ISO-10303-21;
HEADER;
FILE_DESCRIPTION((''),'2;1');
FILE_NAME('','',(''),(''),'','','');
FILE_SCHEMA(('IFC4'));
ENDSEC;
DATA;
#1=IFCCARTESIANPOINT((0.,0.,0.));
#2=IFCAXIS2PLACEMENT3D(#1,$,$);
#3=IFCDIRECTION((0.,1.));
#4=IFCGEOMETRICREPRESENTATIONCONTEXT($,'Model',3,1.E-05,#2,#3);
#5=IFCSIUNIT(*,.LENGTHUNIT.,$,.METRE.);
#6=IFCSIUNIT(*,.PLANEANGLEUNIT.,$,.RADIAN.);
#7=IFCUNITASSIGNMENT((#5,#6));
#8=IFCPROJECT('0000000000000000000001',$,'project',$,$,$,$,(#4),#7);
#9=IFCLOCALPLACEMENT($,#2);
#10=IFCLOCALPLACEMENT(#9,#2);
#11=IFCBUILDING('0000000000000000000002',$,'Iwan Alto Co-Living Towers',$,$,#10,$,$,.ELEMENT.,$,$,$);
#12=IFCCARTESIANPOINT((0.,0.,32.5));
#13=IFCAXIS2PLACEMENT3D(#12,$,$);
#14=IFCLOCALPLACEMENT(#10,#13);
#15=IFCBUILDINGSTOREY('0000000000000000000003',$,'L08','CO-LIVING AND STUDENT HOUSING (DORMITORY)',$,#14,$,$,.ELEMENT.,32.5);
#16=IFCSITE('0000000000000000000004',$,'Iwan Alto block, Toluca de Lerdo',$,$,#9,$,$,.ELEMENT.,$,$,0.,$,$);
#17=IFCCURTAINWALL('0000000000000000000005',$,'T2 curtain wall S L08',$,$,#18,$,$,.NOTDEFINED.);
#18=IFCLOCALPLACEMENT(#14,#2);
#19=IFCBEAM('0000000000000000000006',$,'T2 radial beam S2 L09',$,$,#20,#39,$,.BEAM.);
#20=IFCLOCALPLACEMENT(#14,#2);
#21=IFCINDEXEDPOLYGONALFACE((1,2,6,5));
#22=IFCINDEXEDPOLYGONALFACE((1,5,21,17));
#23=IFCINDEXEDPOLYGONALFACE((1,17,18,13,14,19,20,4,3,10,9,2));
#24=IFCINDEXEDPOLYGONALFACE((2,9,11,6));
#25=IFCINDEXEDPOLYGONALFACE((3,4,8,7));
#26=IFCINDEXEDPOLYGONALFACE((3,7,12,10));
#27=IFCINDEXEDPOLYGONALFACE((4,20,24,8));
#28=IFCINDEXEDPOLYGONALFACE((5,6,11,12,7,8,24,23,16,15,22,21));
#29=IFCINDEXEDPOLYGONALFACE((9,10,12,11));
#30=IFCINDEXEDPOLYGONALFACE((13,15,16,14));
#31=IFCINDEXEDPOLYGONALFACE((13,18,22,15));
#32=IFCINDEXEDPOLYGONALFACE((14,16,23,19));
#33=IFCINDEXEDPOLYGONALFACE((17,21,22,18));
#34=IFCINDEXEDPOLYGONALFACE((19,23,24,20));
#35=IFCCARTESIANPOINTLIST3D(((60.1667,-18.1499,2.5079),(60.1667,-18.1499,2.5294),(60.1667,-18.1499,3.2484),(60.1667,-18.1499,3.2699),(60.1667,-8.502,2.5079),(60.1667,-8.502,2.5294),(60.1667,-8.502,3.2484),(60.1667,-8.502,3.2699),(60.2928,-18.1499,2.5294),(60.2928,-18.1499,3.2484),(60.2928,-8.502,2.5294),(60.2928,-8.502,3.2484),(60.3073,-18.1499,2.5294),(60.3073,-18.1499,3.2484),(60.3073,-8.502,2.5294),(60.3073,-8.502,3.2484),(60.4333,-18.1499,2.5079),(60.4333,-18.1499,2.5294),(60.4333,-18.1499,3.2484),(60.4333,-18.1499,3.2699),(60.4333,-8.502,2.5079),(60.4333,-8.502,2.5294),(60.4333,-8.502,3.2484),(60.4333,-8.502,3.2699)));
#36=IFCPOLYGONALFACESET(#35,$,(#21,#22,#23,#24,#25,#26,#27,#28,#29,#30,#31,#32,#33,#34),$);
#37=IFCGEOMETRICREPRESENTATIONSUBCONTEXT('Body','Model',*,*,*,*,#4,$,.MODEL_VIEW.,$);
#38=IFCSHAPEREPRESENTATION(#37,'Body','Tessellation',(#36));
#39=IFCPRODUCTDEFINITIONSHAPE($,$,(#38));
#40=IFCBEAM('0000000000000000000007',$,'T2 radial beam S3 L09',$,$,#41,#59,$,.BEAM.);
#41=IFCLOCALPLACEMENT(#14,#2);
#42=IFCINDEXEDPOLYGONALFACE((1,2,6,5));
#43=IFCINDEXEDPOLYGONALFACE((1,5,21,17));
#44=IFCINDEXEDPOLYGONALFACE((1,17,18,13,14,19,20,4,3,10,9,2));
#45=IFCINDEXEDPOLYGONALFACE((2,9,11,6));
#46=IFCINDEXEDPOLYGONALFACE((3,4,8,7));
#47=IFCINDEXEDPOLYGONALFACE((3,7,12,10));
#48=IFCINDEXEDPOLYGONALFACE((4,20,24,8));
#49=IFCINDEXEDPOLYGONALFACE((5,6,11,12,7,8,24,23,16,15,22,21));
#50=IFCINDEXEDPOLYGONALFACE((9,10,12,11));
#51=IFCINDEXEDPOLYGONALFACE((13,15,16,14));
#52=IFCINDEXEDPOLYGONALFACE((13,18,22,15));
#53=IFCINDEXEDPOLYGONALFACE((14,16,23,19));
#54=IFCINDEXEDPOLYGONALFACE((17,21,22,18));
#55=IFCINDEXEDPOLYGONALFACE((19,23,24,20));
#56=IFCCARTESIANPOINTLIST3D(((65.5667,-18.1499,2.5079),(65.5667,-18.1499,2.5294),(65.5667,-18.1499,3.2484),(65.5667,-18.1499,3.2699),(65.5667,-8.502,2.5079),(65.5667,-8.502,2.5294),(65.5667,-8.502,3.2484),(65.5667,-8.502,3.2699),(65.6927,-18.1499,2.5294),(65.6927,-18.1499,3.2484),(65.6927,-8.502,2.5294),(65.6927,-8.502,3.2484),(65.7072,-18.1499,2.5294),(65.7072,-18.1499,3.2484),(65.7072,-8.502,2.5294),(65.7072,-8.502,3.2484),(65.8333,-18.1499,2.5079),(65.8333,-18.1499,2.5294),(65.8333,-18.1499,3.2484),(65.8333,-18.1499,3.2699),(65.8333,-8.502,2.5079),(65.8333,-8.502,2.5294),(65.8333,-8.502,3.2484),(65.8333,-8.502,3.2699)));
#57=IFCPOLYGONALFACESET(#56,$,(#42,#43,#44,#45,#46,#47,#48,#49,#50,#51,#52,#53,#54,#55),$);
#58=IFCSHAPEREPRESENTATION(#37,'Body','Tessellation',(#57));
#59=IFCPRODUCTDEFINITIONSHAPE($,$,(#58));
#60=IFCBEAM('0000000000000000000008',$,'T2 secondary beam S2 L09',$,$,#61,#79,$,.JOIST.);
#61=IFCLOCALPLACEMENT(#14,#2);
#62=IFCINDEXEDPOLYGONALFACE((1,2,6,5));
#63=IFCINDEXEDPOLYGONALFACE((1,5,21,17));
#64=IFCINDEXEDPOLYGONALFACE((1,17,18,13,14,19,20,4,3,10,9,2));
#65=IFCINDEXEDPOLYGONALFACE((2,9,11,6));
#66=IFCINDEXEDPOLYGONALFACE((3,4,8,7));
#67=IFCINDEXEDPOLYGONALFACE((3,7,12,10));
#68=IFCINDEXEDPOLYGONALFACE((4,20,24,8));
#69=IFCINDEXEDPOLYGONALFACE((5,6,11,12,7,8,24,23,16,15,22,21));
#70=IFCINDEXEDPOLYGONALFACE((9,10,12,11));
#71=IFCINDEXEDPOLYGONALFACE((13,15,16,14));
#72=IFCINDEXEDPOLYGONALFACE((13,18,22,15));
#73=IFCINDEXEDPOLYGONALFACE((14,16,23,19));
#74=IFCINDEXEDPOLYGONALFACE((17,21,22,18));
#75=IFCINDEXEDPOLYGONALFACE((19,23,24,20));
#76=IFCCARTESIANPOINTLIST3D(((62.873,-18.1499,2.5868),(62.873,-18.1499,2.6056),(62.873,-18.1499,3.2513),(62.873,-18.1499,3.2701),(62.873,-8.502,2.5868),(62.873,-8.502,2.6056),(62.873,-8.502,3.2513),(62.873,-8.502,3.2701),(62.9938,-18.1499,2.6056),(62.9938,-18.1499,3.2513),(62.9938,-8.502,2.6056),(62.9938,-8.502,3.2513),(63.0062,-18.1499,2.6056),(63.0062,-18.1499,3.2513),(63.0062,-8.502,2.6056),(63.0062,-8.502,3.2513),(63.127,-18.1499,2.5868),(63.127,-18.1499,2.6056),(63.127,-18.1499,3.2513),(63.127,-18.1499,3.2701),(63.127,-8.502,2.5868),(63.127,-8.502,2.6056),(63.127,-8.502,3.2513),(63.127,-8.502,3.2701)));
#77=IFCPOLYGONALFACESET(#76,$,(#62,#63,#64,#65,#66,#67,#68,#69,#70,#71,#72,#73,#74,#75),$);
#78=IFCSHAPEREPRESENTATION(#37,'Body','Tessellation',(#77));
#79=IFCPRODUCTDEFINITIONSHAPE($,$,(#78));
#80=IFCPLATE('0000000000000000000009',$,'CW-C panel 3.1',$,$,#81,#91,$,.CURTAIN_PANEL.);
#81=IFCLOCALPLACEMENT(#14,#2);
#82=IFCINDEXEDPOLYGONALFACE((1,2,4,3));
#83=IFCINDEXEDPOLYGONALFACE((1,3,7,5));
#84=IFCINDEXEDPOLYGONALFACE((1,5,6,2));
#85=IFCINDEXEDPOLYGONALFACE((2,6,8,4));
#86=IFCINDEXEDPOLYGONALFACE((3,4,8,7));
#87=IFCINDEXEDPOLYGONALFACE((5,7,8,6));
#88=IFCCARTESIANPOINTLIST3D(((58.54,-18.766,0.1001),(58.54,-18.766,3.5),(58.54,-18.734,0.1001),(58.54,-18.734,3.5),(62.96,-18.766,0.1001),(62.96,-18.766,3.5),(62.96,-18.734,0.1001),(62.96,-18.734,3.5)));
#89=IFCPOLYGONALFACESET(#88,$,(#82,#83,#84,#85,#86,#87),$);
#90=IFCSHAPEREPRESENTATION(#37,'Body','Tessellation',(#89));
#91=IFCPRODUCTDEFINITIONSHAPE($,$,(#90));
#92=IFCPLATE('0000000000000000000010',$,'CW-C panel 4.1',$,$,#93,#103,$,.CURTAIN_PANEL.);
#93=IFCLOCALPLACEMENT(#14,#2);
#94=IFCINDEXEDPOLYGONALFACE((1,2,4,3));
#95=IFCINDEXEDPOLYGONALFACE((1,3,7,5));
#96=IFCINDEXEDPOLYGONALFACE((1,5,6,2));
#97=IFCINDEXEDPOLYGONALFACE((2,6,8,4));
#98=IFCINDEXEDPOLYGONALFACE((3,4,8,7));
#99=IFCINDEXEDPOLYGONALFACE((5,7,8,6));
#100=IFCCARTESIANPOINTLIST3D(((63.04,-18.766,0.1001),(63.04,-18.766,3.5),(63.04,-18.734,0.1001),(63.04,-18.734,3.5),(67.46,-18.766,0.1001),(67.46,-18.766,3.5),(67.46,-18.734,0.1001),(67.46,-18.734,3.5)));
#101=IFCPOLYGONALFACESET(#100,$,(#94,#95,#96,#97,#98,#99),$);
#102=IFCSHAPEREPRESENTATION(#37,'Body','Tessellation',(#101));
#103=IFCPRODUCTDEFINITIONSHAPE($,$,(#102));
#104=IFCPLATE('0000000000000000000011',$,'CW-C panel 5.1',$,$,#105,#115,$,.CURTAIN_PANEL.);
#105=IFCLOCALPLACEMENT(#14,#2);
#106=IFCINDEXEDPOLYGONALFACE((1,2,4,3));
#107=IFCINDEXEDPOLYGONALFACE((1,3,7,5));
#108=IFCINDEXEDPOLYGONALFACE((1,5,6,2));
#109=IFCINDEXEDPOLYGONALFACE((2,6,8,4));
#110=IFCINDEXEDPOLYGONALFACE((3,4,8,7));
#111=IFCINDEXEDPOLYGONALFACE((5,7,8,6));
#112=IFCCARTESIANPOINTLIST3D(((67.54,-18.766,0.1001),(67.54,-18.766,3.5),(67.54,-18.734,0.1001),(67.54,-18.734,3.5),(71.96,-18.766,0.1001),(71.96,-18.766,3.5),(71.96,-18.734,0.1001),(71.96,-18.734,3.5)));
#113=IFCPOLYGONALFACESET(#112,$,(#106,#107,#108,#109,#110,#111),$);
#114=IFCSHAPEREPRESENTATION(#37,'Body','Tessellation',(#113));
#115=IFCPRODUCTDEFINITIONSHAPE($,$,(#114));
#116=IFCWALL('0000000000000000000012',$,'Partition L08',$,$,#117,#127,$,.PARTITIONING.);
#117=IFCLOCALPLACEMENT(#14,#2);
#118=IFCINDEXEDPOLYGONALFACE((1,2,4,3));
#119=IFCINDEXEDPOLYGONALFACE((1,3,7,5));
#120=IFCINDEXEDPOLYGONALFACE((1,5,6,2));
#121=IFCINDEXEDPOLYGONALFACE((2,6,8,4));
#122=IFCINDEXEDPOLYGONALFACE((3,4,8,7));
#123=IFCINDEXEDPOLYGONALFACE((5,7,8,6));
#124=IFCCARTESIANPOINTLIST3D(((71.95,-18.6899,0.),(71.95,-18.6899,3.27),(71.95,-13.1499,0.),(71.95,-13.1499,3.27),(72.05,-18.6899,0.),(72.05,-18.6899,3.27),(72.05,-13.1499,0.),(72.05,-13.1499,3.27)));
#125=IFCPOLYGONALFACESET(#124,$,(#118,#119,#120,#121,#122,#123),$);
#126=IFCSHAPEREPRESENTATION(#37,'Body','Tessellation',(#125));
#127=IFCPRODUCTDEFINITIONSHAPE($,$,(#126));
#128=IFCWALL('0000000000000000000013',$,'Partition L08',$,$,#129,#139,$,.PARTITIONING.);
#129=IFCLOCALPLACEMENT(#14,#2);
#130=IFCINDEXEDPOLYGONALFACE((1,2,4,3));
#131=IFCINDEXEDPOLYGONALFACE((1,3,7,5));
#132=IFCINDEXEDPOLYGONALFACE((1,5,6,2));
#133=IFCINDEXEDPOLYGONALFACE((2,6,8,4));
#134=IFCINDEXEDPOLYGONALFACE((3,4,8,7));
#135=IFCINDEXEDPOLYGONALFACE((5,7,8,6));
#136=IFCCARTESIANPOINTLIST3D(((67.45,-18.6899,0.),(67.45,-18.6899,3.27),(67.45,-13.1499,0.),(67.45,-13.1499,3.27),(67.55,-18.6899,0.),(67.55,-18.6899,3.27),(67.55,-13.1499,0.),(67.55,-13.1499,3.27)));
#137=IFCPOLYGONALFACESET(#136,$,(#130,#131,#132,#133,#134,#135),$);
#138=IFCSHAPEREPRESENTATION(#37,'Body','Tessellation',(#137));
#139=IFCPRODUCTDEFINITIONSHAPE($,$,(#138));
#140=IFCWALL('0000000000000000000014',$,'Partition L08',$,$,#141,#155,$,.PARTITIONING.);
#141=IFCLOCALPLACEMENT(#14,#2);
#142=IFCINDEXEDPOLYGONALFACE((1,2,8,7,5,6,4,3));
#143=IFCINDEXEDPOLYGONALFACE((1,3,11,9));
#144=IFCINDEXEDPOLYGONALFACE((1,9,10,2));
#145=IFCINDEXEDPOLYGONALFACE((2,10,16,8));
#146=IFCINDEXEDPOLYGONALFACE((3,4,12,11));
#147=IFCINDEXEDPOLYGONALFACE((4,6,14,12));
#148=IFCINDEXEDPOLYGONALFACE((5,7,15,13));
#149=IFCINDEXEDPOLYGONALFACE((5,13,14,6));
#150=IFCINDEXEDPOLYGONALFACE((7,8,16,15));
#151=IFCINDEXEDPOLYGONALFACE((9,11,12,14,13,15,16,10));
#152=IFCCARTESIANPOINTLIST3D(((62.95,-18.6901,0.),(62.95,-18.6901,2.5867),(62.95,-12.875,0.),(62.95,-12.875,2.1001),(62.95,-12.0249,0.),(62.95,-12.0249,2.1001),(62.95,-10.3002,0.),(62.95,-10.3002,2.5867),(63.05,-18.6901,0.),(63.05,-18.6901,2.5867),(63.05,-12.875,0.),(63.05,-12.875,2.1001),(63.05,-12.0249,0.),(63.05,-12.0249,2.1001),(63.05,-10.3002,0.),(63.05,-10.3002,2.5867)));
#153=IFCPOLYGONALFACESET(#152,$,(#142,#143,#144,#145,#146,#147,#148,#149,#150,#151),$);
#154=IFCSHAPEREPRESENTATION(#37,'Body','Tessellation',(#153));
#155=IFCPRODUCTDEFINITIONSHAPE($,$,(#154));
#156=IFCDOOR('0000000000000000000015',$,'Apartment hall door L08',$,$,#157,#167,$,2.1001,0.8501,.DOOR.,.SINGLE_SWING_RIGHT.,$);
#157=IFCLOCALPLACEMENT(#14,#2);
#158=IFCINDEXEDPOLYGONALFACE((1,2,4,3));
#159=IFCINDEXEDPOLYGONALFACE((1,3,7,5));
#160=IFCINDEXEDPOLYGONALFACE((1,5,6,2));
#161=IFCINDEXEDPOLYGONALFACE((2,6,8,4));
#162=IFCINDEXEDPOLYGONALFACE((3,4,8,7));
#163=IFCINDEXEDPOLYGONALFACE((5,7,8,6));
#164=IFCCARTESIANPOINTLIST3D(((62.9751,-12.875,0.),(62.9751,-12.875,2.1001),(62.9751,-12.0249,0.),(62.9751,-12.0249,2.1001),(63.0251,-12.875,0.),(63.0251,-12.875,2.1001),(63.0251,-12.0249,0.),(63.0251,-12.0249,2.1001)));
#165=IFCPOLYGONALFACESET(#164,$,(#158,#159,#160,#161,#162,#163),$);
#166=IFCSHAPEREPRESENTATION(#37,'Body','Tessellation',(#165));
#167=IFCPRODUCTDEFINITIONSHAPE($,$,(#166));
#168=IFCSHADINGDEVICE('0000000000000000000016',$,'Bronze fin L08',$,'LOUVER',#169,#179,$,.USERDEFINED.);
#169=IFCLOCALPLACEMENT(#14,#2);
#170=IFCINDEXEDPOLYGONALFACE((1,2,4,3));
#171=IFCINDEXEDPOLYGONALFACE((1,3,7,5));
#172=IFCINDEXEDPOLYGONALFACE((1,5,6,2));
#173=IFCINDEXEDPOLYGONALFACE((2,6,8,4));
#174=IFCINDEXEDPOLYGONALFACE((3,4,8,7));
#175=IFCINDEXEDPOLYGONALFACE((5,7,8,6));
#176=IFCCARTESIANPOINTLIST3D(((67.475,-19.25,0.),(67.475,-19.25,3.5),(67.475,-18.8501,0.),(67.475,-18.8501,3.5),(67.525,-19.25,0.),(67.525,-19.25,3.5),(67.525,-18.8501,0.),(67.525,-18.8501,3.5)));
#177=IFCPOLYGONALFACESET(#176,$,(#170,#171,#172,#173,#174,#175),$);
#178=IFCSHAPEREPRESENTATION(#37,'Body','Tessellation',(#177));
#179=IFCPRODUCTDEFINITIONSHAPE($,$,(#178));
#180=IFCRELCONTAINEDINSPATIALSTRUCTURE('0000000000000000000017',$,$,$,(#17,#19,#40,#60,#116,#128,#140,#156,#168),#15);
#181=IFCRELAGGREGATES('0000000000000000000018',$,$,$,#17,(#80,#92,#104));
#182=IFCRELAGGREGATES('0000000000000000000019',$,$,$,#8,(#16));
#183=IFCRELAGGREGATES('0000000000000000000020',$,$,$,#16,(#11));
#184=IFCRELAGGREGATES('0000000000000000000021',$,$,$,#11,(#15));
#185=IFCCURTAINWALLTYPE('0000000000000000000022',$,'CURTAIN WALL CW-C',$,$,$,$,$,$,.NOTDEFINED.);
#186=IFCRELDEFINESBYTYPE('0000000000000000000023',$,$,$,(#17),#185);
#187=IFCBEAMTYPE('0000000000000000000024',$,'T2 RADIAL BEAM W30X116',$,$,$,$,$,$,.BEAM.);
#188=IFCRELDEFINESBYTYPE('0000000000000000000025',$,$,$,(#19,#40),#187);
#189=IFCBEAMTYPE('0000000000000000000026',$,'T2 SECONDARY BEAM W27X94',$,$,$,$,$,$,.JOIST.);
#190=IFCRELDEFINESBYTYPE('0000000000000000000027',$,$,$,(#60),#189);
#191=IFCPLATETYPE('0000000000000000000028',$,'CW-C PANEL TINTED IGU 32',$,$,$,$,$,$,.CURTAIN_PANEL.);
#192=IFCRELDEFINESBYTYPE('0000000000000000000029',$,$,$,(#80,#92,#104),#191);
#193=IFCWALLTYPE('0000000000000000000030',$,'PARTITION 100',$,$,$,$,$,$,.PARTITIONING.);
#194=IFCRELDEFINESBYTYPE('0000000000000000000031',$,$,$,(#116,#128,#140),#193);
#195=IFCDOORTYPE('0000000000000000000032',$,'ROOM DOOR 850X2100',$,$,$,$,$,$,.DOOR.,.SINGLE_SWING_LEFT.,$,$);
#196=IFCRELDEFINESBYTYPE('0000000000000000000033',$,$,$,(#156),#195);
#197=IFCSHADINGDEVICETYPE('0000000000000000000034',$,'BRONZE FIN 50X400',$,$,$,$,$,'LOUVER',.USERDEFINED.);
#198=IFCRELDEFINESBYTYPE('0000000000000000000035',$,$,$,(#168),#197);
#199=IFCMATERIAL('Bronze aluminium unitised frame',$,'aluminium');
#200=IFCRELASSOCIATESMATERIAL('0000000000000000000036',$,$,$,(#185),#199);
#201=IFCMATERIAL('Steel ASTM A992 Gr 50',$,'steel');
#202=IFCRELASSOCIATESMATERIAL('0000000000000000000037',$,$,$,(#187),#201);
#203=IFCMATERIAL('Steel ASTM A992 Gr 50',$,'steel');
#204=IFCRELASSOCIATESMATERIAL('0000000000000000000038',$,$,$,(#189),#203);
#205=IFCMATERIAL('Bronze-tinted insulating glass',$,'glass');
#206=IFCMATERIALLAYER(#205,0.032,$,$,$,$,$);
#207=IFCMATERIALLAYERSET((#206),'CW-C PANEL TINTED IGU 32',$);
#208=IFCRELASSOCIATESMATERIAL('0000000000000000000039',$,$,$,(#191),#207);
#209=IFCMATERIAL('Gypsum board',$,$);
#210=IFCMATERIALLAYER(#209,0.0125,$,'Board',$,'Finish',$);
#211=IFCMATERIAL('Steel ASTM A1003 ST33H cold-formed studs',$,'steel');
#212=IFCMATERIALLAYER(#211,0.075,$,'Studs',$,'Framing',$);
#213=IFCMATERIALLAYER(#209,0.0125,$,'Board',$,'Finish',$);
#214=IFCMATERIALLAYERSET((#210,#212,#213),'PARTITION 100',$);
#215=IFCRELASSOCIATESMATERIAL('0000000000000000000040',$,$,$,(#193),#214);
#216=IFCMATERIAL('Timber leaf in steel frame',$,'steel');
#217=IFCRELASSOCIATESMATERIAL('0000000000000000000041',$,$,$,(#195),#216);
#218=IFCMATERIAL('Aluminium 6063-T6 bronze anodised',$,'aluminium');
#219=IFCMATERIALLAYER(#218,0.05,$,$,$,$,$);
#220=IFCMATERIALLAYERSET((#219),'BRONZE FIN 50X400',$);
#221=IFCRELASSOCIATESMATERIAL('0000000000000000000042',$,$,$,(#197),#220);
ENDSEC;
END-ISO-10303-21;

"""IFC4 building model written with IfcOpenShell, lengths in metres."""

from ifc_helpers import new_model, si_unit, direction, frame, frame_2d, origin, origin_2d, place, context, subcontext, project, spatial, rectangle, i_section, extrude, material, layer, layer_set, material_profile, profile_set, type_object, element, fill, aggregate, save


model = new_model("IFC4")

# Units and contexts
model_context = context("Model", 3, precision=1e-05, world=origin(), true_north=direction((0.0, 1.0)))
body_context = subcontext(model_context, "Body", "Model", "MODEL_VIEW")
ifc_project = project(units=[si_unit("LENGTHUNIT", "METRE"), si_unit("PLANEANGLEUNIT", "RADIAN")], contexts=[model_context])

# Site, building, storey
site_placement = place(None, origin())
site = spatial("IfcSite", under=ifc_project, at=site_placement, Name="Iwan Alto block, Toluca de Lerdo", CompositionType="ELEMENT", RefElevation=0.0)
building_placement = place(site_placement, origin())
building = spatial("IfcBuilding", under=site, at=building_placement, Name="Iwan Alto Co-Living Towers", CompositionType="ELEMENT")
storey_placement = place(building_placement, frame((0.0, 0.0, 32.5)))
storey = spatial("IfcBuildingStorey", under=building, at=storey_placement, Name="L08", Description="CO-LIVING AND STUDENT HOUSING (DORMITORY)", CompositionType="ELEMENT", Elevation=32.5)

# Curtain wall
ifc_material_1 = material(Name="Bronze aluminium unitised frame", Category="aluminium")
curtain_wall_type = type_object("IfcCurtainWallType", Name="CURTAIN WALL CW-C", PredefinedType="NOTDEFINED", material=ifc_material_1)
curtain_wall_placement = place(storey_placement, origin())
curtain_wall = element("IfcCurtainWall", 1, at=curtain_wall_placement, inside=storey, type_object=curtain_wall_type, Name="T2 curtain wall S L08", PredefinedType="NOTDEFINED")

# Beams
ifc_material_2 = material(Name="Steel ASTM A992 Gr 50", Category="steel")
ifc_material_profile_1 = material_profile(ifc_material_2, i_section(OverallWidth=0.2666, OverallDepth=0.762, WebThickness=0.0144, FlangeThickness=0.0215, at=origin_2d()), Name="W30X116")
ifc_profile_set_1 = profile_set([ifc_material_profile_1], Name="Steel ASTM A992 Gr 50")
beam_type_1 = type_object("IfcBeamType", Name="T2 RADIAL BEAM W30X116", PredefinedType="BEAM", material=ifc_profile_set_1)
for number, where, z_axis, x_axis, name in (
    (2, (60.3, -18.1499, 2.8889), (0.0, 1.0, 0.0), (-1.0, 0.0, 0.0), "T2 radial beam S2 L09"),
    (3, (65.7, -18.1499, 2.8889), (0.0, 1.0, 0.0), (-1.0, 0.0, 0.0), "T2 radial beam S3 L09"),
):
    element("IfcBeam", number, at=place(storey_placement, frame(where, z_axis=z_axis, x_axis=x_axis)), inside=storey, type_object=beam_type_1, Name=name, PredefinedType="BEAM", context=body_context, shape_type="SweptSolid", body=[
        extrude(i_section(OverallWidth=0.2666, OverallDepth=0.762, WebThickness=0.0144, FlangeThickness=0.0215, at=origin_2d()), origin(), (0.0, 0.0, 1.0), 9.6479),
    ])
ifc_material_3 = material(Name="Steel ASTM A992 Gr 50", Category="steel")
ifc_material_profile_2 = material_profile(ifc_material_3, i_section(OverallWidth=0.2539, OverallDepth=0.6833, WebThickness=0.0125, FlangeThickness=0.0188, at=origin_2d()), Name="W27X94")
ifc_profile_set_2 = profile_set([ifc_material_profile_2], Name="Steel ASTM A992 Gr 50")
beam_type_2 = type_object("IfcBeamType", Name="T2 SECONDARY BEAM W27X94", PredefinedType="JOIST", material=ifc_profile_set_2)
beam_1_placement = place(storey_placement, frame((63.0, -18.1499, 2.9285), z_axis=(0.0, 1.0, 0.0), x_axis=(-1.0, 0.0, 0.0)))
element("IfcBeam", 4, at=beam_1_placement, inside=storey, type_object=beam_type_2, Name="T2 secondary beam S2 L09", PredefinedType="JOIST", context=body_context, shape_type="SweptSolid", body=[
    extrude(i_section(OverallWidth=0.2539, OverallDepth=0.6833, WebThickness=0.0125, FlangeThickness=0.0188, at=origin_2d()), origin(), (0.0, 0.0, 1.0), 9.6479),
])

# Plates
ifc_material_4 = material(Name="Bronze-tinted insulating glass", Category="glass")
ifc_layer_1 = layer(ifc_material_4, 0.032)
ifc_layer_set_1 = layer_set([ifc_layer_1], Name="CW-C PANEL TINTED IGU 32")
plate_type = type_object("IfcPlateType", Name="CW-C PANEL TINTED IGU 32", PredefinedType="CURTAIN_PANEL", material=ifc_layer_set_1)
plate_1_placement = place(storey_placement, frame((60.75, -18.75, 0.1001), z_axis=(0.0, 0.0, 1.0), x_axis=(1.0, 0.0, 0.0)))
plate_1 = element("IfcPlate", 5, at=plate_1_placement, type_object=plate_type, Name="CW-C panel 3.1", PredefinedType="CURTAIN_PANEL", context=body_context, shape_type="SweptSolid", body=[
    extrude(rectangle(XDim=4.4199, YDim=0.032, at=origin_2d()), origin(), (0.0, 0.0, 1.0), 3.3999),
])
plate_2_placement = place(storey_placement, frame((65.25, -18.75, 0.1001), z_axis=(0.0, 0.0, 1.0), x_axis=(1.0, 0.0, 0.0)))
plate_2 = element("IfcPlate", 6, at=plate_2_placement, type_object=plate_type, Name="CW-C panel 4.1", PredefinedType="CURTAIN_PANEL", context=body_context, shape_type="SweptSolid", body=[
    extrude(rectangle(XDim=4.4199, YDim=0.032, at=origin_2d()), origin(), (0.0, 0.0, 1.0), 3.3999),
])
plate_3_placement = place(storey_placement, frame((69.75, -18.75, 0.1001), z_axis=(0.0, 0.0, 1.0), x_axis=(1.0, 0.0, 0.0)))
plate_3 = element("IfcPlate", 7, at=plate_3_placement, type_object=plate_type, Name="CW-C panel 5.1", PredefinedType="CURTAIN_PANEL", context=body_context, shape_type="SweptSolid", body=[
    extrude(rectangle(XDim=4.4199, YDim=0.032, at=origin_2d()), origin(), (0.0, 0.0, 1.0), 3.3999),
])
aggregate(curtain_wall, [plate_1, plate_2, plate_3])

# Walls
ifc_material_5 = material(Name="Gypsum board")
ifc_layer_2 = layer(ifc_material_5, 0.0125, Name="Board", Category="Finish")
ifc_material_6 = material(Name="Steel ASTM A1003 ST33H cold-formed studs", Category="steel")
ifc_layer_3 = layer(ifc_material_6, 0.075, Name="Studs", Category="Framing")
ifc_layer_4 = layer(ifc_material_5, 0.0125, Name="Board", Category="Finish")
ifc_layer_set_2 = layer_set([ifc_layer_2, ifc_layer_3, ifc_layer_4], Name="PARTITION 100")
wall_type = type_object("IfcWallType", Name="PARTITION 100", PredefinedType="PARTITIONING", material=ifc_layer_set_2)
for number, where, z_axis, x_axis, name in (
    (8, (72.0, -18.6899, 0.0), (0.0, 0.0, 1.0), (0.0, 1.0, 0.0), "Partition L08"),
    (9, (67.5, -18.6899, 0.0), (0.0, 0.0, 1.0), (0.0, 1.0, 0.0), "Partition L08"),
):
    element("IfcWall", number, at=place(storey_placement, frame(where, z_axis=z_axis, x_axis=x_axis)), inside=storey, type_object=wall_type, Name=name, PredefinedType="PARTITIONING", context=body_context, shape_type="SweptSolid", body=[
        extrude(rectangle(XDim=5.54, YDim=0.1001, at=frame_2d((2.77, 0.0))), origin(), (0.0, 0.0, 1.0), 3.27),
    ])

# Wall, opening, door
wall_placement = place(storey_placement, frame((63.0, -18.6899, 0.0), z_axis=(0.0, 0.0, 1.0), x_axis=(0.0, 1.0, 0.0)))
wall = element("IfcWall", 10, at=wall_placement, inside=storey, type_object=wall_type, Name="Partition L08", PredefinedType="PARTITIONING", context=body_context, shape_type="SweptSolid", body=[
    extrude(rectangle(XDim=8.3899, YDim=0.1001, at=frame_2d((4.1948, 0.0))), origin(), (0.0, 0.0, 1.0), 2.5867),
])
opening_placement = place(wall_placement, frame((5.8149, 0.0, 0.0)))
opening = element("IfcOpeningElement", 11, at=opening_placement, cuts=wall, PredefinedType="OPENING", context=body_context, shape_type="SweptSolid", body=[
    extrude(rectangle(XDim=0.8501, YDim=2.1001, at=frame_2d((0.425, 1.05))), frame((0.0, 0.0601, 0.0), z_axis=(0.0, -1.0, 0.0), x_axis=(1.0, 0.0, 0.0)), (0.0, 0.0, 1.0), 0.1201),
])
ifc_material_7 = material(Name="Timber leaf in steel frame", Category="steel")
door_type = type_object("IfcDoorType", Name="ROOM DOOR 850X2100", OperationType="SINGLE_SWING_LEFT", PredefinedType="DOOR", material=ifc_material_7)
door_placement = place(opening_placement, origin())
door = element("IfcDoor", 12, at=door_placement, inside=storey, type_object=door_type, Name="Apartment hall door L08", OperationType="SINGLE_SWING_RIGHT", OverallHeight=2.1001, OverallWidth=0.8501, PredefinedType="DOOR", context=body_context, shape_type="SweptSolid", body=[
    extrude(rectangle(XDim=0.8501, YDim=2.1001, at=frame_2d((0.425, 1.05))), frame((0.0, 0.0249, 0.0), z_axis=(0.0, -1.0, 0.0), x_axis=(1.0, 0.0, 0.0)), (0.0, 0.0, 1.0), 0.05),
])
fill(opening, door)

# Shading device
ifc_material_8 = material(Name="Aluminium 6063-T6 bronze anodised", Category="aluminium")
ifc_layer_5 = layer(ifc_material_8, 0.05)
ifc_layer_set_3 = layer_set([ifc_layer_5], Name="BRONZE FIN 50X400")
shading_device_type = type_object("IfcShadingDeviceType", Name="BRONZE FIN 50X400", ElementType="LOUVER", PredefinedType="USERDEFINED", material=ifc_layer_set_3)
shading_device_placement = place(storey_placement, frame((67.5, -19.05, 0.0), z_axis=(0.0, 0.0, 1.0), x_axis=(1.0, 0.0, 0.0)))
element("IfcShadingDevice", 13, at=shading_device_placement, inside=storey, type_object=shading_device_type, Name="Bronze fin L08", ObjectType="LOUVER", PredefinedType="USERDEFINED", context=body_context, shape_type="SweptSolid", body=[
    extrude(rectangle(XDim=0.05, YDim=0.3999, at=origin_2d()), origin(), (0.0, 0.0, 1.0), 3.5),
])

save(model, "model.ifc")
